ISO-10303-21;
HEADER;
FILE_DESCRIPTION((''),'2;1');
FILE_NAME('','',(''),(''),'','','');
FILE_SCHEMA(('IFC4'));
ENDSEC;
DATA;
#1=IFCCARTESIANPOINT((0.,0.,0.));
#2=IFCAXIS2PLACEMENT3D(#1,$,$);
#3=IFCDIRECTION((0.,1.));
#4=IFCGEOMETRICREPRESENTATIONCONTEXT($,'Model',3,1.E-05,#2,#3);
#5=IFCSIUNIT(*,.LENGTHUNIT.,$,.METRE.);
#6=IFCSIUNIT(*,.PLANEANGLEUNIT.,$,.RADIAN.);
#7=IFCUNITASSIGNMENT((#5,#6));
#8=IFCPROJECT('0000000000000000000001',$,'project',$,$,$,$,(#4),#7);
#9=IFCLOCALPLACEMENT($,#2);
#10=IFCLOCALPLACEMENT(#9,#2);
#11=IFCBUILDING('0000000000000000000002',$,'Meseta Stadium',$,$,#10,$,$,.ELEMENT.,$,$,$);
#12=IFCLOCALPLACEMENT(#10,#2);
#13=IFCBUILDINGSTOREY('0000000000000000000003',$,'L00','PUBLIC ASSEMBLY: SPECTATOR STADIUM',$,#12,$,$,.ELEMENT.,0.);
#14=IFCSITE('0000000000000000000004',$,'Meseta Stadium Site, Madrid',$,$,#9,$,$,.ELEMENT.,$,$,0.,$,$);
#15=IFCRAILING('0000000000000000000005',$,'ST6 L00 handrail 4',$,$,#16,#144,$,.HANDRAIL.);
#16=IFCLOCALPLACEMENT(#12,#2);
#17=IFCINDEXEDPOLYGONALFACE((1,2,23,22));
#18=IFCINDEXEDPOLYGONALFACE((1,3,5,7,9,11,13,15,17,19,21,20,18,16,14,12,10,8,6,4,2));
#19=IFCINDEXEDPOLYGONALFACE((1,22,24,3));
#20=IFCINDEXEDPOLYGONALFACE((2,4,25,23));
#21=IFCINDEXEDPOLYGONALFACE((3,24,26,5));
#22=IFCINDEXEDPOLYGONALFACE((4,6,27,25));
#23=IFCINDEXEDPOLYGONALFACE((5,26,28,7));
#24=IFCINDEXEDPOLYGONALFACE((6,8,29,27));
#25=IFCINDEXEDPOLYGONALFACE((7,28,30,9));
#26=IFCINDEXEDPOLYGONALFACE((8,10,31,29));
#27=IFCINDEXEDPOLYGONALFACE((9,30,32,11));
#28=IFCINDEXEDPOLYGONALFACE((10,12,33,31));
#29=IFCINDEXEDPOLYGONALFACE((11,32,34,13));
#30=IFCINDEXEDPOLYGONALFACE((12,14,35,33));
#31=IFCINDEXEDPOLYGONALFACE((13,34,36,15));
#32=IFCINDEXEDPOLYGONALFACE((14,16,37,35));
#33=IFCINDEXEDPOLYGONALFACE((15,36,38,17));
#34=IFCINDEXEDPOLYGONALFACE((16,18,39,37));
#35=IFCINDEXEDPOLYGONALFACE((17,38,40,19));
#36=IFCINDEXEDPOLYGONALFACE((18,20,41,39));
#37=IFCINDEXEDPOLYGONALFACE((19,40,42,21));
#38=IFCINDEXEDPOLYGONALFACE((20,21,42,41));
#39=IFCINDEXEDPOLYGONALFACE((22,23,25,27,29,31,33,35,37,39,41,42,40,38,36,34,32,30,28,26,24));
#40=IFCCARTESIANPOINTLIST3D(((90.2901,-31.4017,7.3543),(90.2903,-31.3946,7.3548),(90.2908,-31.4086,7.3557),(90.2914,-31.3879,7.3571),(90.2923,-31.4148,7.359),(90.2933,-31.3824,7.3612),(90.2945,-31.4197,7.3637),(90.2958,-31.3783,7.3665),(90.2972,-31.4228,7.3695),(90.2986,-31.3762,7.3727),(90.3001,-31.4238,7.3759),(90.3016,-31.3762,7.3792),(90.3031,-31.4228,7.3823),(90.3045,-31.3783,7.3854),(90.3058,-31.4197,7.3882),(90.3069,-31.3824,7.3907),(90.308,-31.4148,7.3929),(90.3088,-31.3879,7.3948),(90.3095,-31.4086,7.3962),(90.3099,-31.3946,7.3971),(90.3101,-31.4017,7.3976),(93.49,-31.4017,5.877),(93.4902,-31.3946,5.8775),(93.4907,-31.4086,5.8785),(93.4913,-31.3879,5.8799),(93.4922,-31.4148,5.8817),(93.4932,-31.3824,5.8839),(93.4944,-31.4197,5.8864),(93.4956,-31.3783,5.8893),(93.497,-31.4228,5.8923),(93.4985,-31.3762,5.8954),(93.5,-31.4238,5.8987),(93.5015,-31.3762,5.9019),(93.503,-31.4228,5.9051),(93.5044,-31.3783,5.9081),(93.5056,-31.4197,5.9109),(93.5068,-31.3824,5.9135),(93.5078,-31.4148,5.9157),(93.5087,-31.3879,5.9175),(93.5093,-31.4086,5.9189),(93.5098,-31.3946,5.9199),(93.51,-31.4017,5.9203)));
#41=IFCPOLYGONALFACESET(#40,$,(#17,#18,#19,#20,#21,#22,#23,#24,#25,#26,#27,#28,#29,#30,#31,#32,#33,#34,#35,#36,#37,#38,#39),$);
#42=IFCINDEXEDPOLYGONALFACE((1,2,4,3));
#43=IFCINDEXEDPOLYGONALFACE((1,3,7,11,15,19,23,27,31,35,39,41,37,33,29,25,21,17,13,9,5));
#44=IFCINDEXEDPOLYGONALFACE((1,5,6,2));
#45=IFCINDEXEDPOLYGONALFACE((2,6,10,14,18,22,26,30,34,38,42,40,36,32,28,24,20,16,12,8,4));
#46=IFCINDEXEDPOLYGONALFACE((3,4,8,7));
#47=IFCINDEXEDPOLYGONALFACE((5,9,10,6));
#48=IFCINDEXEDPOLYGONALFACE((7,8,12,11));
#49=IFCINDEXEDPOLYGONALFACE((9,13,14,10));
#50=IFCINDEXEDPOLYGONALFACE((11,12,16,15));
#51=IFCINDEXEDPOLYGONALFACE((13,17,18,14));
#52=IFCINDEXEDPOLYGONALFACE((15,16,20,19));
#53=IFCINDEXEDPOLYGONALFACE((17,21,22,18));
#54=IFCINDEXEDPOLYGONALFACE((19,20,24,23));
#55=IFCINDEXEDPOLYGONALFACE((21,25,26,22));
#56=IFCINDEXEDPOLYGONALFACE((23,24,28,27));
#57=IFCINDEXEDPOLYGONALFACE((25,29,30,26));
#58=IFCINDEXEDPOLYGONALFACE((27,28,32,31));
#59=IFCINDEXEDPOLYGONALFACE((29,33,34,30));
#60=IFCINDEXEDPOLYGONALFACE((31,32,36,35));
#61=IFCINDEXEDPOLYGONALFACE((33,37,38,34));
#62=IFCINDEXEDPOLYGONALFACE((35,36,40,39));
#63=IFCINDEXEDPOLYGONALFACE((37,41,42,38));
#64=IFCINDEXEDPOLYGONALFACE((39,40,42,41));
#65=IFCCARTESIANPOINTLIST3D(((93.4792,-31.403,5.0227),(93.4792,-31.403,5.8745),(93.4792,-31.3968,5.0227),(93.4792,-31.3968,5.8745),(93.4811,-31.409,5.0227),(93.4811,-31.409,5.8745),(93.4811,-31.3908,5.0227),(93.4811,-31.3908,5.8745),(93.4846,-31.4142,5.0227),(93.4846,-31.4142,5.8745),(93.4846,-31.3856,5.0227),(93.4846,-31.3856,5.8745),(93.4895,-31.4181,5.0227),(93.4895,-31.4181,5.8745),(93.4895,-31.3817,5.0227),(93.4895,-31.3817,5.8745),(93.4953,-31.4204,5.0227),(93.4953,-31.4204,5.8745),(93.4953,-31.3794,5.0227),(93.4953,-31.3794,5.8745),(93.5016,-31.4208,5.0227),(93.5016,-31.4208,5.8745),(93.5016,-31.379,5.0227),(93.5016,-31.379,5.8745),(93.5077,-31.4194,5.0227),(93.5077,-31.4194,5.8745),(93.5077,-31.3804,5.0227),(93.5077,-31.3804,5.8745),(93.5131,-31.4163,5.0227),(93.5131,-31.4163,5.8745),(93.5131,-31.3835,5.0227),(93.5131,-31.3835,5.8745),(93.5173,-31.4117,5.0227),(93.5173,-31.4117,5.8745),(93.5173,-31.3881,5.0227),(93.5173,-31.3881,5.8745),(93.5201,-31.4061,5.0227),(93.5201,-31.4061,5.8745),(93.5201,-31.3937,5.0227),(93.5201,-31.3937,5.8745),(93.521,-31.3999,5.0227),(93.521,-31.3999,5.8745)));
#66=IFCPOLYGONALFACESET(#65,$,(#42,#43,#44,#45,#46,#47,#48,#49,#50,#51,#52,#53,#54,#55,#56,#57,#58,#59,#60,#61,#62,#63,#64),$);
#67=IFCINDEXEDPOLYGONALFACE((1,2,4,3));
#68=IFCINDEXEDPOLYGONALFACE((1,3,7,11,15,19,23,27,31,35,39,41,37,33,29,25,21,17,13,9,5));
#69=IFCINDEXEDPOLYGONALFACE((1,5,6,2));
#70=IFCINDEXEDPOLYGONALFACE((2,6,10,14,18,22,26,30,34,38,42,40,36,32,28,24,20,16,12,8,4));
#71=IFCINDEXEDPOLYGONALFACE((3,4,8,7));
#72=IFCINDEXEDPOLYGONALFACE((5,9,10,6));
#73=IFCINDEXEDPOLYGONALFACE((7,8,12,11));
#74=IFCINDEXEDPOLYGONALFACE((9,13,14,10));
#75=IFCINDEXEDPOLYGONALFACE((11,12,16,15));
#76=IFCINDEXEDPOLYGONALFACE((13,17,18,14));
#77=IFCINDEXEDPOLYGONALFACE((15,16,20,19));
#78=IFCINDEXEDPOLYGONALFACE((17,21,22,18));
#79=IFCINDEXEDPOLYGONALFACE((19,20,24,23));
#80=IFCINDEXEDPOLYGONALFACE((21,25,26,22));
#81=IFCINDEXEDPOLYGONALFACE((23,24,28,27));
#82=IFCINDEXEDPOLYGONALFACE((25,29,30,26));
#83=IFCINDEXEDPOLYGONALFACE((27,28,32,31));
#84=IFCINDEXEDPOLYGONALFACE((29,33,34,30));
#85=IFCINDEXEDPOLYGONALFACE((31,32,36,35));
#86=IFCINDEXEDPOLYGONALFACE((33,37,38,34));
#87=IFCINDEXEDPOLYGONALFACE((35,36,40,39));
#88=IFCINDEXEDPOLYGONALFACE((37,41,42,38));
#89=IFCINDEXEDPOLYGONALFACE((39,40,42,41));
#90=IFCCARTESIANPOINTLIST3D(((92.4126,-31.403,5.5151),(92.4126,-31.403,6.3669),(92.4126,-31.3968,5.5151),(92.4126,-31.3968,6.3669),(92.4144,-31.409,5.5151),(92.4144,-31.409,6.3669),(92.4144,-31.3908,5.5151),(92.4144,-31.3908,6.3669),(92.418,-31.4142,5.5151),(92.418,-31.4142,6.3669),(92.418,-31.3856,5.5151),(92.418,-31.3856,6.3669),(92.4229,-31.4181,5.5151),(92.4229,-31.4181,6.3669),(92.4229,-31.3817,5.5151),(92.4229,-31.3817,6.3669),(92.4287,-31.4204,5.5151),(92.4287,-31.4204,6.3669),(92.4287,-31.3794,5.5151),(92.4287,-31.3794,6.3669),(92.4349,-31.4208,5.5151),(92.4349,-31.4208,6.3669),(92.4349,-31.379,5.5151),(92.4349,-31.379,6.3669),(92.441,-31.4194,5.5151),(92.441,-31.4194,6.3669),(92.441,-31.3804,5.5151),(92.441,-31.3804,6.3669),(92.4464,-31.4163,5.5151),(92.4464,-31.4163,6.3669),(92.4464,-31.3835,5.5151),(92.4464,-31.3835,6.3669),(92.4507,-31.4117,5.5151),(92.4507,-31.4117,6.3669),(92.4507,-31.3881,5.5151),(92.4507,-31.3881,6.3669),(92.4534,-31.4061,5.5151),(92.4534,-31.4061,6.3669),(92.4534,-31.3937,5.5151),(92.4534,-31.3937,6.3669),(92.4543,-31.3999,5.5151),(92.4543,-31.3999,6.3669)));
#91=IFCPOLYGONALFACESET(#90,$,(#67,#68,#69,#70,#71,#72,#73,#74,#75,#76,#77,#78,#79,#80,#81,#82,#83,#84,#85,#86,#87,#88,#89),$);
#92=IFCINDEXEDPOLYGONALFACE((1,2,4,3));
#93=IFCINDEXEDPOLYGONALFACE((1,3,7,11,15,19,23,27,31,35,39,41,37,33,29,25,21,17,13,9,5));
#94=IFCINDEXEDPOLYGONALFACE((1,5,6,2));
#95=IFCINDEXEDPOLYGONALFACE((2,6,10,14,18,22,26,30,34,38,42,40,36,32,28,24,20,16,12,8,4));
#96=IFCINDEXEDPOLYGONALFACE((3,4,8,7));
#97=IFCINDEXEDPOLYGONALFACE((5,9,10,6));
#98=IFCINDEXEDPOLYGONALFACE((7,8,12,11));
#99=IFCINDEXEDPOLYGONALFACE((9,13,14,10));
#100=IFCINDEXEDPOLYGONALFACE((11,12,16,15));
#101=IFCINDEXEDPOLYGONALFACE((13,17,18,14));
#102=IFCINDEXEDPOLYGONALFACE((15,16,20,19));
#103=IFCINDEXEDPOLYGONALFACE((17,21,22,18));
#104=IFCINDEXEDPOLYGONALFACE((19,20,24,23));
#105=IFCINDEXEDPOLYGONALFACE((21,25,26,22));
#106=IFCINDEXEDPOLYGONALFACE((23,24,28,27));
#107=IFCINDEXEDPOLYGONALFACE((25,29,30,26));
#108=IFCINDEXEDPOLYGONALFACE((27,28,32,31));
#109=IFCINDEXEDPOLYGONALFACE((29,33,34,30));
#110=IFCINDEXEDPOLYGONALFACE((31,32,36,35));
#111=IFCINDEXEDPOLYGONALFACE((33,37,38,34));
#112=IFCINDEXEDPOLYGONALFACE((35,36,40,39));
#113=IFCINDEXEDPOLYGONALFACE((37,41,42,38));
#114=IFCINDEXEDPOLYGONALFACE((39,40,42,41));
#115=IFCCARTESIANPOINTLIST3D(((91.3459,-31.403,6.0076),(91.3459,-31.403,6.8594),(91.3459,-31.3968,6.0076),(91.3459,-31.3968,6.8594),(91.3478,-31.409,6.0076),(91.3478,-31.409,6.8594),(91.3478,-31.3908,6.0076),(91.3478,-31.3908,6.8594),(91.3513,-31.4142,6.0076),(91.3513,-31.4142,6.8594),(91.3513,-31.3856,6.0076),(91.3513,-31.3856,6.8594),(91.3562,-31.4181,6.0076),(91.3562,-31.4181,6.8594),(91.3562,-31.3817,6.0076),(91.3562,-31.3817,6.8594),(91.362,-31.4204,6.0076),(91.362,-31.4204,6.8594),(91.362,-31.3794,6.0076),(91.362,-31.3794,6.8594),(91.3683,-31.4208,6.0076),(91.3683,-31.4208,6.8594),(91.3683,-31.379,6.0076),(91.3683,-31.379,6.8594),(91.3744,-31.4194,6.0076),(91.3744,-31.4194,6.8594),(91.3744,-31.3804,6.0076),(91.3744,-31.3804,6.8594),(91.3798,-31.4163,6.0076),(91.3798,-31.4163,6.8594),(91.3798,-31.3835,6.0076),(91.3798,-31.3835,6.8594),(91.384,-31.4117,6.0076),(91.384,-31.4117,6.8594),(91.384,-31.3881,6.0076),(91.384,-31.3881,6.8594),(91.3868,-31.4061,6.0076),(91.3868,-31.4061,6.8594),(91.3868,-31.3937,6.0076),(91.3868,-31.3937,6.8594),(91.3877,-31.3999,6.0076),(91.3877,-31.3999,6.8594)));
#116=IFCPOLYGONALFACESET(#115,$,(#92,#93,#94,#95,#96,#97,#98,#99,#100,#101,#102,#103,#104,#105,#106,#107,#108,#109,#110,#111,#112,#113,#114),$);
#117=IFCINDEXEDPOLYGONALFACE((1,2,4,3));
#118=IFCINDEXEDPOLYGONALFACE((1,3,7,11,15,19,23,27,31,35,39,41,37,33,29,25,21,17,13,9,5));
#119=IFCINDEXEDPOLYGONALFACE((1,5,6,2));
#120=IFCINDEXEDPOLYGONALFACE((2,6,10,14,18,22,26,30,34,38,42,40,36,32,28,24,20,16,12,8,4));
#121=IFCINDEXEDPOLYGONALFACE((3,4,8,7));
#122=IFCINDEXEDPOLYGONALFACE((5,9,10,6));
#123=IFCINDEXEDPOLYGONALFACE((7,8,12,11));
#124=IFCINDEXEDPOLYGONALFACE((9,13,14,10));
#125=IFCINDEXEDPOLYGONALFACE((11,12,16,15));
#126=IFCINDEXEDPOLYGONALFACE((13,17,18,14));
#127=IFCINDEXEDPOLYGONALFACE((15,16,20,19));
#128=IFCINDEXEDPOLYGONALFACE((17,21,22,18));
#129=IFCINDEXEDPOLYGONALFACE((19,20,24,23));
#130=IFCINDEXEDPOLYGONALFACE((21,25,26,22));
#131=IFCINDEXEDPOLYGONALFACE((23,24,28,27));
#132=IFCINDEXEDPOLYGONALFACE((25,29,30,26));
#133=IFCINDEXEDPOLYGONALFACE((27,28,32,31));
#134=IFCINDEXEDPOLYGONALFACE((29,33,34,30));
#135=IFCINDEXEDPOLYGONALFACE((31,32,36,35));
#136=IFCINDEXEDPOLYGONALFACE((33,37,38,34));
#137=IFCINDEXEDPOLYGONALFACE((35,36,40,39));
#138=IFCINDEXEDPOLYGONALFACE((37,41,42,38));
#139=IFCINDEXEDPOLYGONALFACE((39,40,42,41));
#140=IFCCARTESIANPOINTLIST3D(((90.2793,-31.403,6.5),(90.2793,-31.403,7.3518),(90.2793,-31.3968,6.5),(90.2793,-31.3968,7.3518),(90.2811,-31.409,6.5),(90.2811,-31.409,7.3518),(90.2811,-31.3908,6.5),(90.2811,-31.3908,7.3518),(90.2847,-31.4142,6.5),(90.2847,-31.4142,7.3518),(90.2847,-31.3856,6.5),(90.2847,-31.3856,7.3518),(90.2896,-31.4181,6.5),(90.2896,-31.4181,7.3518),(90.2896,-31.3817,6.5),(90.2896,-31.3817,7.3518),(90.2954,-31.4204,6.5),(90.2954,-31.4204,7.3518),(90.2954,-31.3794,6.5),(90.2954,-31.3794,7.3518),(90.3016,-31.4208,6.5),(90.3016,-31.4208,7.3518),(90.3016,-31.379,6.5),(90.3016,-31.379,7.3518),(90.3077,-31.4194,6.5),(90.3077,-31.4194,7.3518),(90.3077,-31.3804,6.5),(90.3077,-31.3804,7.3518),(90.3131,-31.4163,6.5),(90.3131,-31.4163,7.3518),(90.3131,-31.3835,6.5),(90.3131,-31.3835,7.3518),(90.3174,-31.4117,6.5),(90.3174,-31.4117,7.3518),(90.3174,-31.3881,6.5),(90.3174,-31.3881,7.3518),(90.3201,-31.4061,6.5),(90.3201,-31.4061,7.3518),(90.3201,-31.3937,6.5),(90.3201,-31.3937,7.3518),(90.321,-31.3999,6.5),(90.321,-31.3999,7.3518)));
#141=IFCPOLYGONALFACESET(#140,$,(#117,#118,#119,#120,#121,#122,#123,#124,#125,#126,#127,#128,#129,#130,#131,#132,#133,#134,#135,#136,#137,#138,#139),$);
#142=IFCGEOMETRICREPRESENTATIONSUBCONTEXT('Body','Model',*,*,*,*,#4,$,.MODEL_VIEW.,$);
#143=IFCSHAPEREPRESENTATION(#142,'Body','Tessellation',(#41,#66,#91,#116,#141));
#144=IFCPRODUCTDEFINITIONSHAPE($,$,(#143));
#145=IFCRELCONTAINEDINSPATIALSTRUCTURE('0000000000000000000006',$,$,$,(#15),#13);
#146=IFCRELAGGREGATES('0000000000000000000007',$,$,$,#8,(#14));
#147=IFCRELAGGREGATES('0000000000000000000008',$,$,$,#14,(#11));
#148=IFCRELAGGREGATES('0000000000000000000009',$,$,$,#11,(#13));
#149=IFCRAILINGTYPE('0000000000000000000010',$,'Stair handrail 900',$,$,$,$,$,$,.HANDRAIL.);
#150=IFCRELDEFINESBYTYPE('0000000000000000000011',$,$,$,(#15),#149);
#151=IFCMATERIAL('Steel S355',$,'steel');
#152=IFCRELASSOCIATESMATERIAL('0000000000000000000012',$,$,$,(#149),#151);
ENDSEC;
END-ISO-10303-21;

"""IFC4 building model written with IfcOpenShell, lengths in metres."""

from ifc_helpers import new_model, si_unit, direction, frame, origin, origin_2d, place, context, subcontext, project, spatial, circle, extrude, material, type_object, element, save


model = new_model("IFC4")

# Units and contexts
model_context = context("Model", 3, precision=1e-05, world=origin(), true_north=direction((0.0, 1.0)))
body_context = subcontext(model_context, "Body", "Model", "MODEL_VIEW")
ifc_project = project(units=[si_unit("LENGTHUNIT", "METRE"), si_unit("PLANEANGLEUNIT", "RADIAN")], contexts=[model_context])

# Site, building, storey
site_placement = place(None, origin())
site = spatial("IfcSite", under=ifc_project, at=site_placement, Name="Meseta Stadium Site, Madrid", CompositionType="ELEMENT", RefElevation=0.0)
building_placement = place(site_placement, origin())
building = spatial("IfcBuilding", under=site, at=building_placement, Name="Meseta Stadium", CompositionType="ELEMENT")
storey_placement = place(building_placement, origin())
storey = spatial("IfcBuildingStorey", under=building, at=storey_placement, Name="L00", Description="PUBLIC ASSEMBLY: SPECTATOR STADIUM", CompositionType="ELEMENT", Elevation=0.0)

# Railing
ifc_material_1 = material(Name="Steel S355", Category="steel")
railing_type_1 = type_object("IfcRailingType", Name="Stair handrail 900", PredefinedType="HANDRAIL", material=ifc_material_1)
for number, where, name in (
    (1, (93.5, -31.3999, 5.0227), "ST6 L00 handrail 4"),
):
    element("IfcRailing", number, at=place(storey_placement, frame(where)), inside=storey, type_object=railing_type_1, Name=name, PredefinedType="HANDRAIL", context=body_context, shape_type="SweptSolid", body=[
        extrude(circle(Radius=0.0239, at=origin_2d()), frame((0.0, 0.0, 0.876), z_axis=(-0.907917, 0.0, 0.41915), x_axis=(0.0, -1.0, 0.0)), (0.0, 0.0, 1.0), 3.5244),
        extrude(circle(Radius=0.021, at=origin_2d()), origin(), (0.0, 0.0, 1.0), 0.8518),
        extrude(circle(Radius=0.021, at=origin_2d()), frame((-1.0667, 0.0, 0.4924)), (0.0, 0.0, 1.0), 0.8518),
        extrude(circle(Radius=0.021, at=origin_2d()), frame((-2.1333, 0.0, 0.9849)), (0.0, 0.0, 1.0), 0.8518),
        extrude(circle(Radius=0.021, at=origin_2d()), frame((-3.2, 0.0, 1.4773)), (0.0, 0.0, 1.0), 0.8518),
    ])

save(model, "model.ifc")
